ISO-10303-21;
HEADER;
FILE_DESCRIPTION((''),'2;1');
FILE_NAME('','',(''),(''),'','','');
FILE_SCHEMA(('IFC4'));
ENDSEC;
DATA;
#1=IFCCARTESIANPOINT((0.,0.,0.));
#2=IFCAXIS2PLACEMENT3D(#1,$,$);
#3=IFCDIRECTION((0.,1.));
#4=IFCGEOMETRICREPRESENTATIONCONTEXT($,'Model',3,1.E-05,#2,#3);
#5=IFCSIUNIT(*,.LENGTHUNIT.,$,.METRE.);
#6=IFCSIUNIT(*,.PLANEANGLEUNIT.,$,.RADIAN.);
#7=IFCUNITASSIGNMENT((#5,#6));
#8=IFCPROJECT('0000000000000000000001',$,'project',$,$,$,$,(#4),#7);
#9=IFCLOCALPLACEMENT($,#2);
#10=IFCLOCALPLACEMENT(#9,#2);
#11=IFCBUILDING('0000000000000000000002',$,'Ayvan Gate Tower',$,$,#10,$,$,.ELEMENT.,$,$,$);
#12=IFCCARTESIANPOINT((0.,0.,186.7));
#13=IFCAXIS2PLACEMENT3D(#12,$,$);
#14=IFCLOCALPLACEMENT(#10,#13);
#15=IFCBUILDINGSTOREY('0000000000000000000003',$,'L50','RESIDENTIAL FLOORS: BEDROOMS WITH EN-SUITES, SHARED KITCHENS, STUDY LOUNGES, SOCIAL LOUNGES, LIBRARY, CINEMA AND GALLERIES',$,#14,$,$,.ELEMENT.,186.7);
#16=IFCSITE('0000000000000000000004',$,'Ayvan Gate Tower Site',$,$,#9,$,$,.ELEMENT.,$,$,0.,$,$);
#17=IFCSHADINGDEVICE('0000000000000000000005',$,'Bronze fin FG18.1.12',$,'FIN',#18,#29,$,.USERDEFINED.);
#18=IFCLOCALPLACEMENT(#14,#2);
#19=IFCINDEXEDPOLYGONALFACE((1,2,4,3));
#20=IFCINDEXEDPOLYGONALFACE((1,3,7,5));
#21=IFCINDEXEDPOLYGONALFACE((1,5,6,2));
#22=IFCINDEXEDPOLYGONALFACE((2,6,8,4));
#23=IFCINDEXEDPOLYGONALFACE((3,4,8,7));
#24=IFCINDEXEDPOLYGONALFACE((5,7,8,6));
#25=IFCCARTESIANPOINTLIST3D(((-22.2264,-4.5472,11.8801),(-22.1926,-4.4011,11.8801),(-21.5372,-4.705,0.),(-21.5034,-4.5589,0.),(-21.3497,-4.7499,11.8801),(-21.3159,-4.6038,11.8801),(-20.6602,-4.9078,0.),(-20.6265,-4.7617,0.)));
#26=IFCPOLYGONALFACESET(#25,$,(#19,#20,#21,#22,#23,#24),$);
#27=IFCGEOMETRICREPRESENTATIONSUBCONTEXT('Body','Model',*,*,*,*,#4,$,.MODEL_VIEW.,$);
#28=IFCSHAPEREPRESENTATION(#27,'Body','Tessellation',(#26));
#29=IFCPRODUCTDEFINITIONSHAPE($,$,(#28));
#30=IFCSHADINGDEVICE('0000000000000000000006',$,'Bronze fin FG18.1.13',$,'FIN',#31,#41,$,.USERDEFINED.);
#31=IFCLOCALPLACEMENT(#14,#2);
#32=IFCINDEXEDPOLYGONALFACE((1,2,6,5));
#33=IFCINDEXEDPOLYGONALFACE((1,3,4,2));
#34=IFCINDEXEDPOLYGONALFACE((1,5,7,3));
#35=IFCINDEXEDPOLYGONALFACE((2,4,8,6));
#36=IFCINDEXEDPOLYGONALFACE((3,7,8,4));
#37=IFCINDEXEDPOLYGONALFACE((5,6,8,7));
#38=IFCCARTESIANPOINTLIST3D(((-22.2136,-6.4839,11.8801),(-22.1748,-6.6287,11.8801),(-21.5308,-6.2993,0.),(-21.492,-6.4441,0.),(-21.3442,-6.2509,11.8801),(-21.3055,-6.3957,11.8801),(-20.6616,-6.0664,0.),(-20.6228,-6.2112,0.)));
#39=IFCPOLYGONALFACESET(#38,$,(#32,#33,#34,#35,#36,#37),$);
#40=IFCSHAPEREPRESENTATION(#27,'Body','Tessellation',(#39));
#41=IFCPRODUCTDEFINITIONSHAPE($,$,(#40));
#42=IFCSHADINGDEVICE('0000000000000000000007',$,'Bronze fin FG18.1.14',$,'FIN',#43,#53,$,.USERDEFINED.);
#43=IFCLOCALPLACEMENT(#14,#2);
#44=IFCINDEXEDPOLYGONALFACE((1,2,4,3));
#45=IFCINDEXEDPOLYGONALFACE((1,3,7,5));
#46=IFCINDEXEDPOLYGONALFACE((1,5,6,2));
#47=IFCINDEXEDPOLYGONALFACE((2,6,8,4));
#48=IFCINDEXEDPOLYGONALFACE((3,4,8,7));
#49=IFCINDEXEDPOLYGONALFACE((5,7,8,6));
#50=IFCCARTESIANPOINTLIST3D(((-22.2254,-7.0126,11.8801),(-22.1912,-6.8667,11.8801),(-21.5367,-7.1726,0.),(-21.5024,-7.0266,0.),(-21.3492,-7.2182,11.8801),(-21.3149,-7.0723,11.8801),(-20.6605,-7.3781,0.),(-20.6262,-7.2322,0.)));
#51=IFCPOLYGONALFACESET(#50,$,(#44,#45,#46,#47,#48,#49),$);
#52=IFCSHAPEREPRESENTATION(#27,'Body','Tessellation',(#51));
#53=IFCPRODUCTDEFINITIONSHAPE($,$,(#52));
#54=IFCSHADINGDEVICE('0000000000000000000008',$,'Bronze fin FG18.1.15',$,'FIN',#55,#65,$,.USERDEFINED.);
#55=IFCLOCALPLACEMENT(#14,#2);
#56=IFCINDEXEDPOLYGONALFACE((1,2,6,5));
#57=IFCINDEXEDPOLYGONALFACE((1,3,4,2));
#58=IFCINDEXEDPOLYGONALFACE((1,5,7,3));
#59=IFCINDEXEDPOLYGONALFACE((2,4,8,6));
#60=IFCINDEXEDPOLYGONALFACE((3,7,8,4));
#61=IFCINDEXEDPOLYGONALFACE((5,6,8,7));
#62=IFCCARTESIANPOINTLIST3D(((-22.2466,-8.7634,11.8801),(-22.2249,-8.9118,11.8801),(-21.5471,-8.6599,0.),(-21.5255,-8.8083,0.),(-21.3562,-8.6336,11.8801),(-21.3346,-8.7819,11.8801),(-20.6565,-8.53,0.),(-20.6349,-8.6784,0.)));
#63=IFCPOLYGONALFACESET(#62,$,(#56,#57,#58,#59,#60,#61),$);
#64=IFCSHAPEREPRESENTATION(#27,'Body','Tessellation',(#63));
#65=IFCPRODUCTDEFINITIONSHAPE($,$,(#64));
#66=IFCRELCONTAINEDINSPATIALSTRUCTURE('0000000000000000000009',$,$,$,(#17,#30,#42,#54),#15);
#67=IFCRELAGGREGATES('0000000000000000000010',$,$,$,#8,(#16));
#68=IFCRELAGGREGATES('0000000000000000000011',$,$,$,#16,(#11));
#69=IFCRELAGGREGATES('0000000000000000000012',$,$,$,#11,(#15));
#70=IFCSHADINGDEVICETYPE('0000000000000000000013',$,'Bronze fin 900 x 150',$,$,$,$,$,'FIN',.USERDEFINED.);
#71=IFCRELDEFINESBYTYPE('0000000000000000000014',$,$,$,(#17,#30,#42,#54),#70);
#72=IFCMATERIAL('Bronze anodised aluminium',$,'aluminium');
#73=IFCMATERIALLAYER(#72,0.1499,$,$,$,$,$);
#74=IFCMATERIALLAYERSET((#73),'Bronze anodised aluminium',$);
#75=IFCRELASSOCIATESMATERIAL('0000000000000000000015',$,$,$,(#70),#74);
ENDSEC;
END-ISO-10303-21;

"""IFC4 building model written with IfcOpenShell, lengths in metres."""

from ifc_helpers import new_model, si_unit, direction, frame, origin, place, context, subcontext, project, spatial, polyline, outline, extrude, material, layer, layer_set, type_object, element, save


model = new_model("IFC4")

# Units and contexts
model_context = context("Model", 3, precision=1e-05, world=origin(), true_north=direction((0.0, 1.0)))
body_context = subcontext(model_context, "Body", "Model", "MODEL_VIEW")
ifc_project = project(units=[si_unit("LENGTHUNIT", "METRE"), si_unit("PLANEANGLEUNIT", "RADIAN")], contexts=[model_context])

# Site, building, storey
site_placement = place(None, origin())
site = spatial("IfcSite", under=ifc_project, at=site_placement, Name="Ayvan Gate Tower Site", CompositionType="ELEMENT", RefElevation=0.0)
building_placement = place(site_placement, origin())
building = spatial("IfcBuilding", under=site, at=building_placement, Name="Ayvan Gate Tower", CompositionType="ELEMENT")
storey_placement = place(building_placement, frame((0.0, 0.0, 186.7)))
storey = spatial("IfcBuildingStorey", under=building, at=storey_placement, Name="L50", Description="RESIDENTIAL FLOORS: BEDROOMS WITH EN-SUITES, SHARED KITCHENS, STUDY LOUNGES, SOCIAL LOUNGES, LIBRARY, CINEMA AND GALLERIES", CompositionType="ELEMENT", Elevation=186.7)

# Shared definitions
ifc_material_1 = material(Name="Bronze anodised aluminium", Category="aluminium")

# Shading devices
ifc_layer_1 = layer(ifc_material_1, 0.1499)
ifc_layer_set_1 = layer_set([ifc_layer_1], Name="Bronze anodised aluminium")
shading_device_type = type_object("IfcShadingDeviceType", Name="Bronze fin 900 x 150", ElementType="FIN", PredefinedType="USERDEFINED", material=ifc_layer_set_1)
shading_device_1_placement = place(storey_placement, frame((-20.6265, -4.7617, 0.0), z_axis=(0.225295, 0.974291, 0.000128), x_axis=(-0.974291, 0.225295, 0.0)))
element("IfcShadingDevice", 1, at=shading_device_1_placement, inside=storey, type_object=shading_device_type, Name="Bronze fin FG18.1.12", ObjectType="FIN", PredefinedType="USERDEFINED", context=body_context, shape_type="SweptSolid", body=[
    extrude(outline(polyline([(0.0, 0.0), (0.9001, 0.0), (1.6071, 11.8801), (0.7073, 11.8801), (0.0, 0.0)])), origin(), (0.0, 0.0, -1.0), 0.1499),
])
shading_device_2_placement = place(storey_placement, frame((-20.6616, -6.0664, 0.0), z_axis=(-0.258811, 0.965928, 0.000133), x_axis=(-0.965928, -0.258811, 0.0)))
element("IfcShadingDevice", 2, at=shading_device_2_placement, inside=storey, type_object=shading_device_type, Name="Bronze fin FG18.1.13", ObjectType="FIN", PredefinedType="USERDEFINED", context=body_context, shape_type="SweptSolid", body=[
    extrude(outline(polyline([(0.0, 0.0), (0.8998, 0.0), (1.6072, 11.8801), (0.7071, 11.8801), (0.0, 0.0)])), origin(), (0.0, 0.0, -1.0), 0.1499),
])
shading_device_3_placement = place(storey_placement, frame((-20.6262, -7.2322, 0.0), z_axis=(0.228404, 0.973566, 0.000137), x_axis=(-0.973566, 0.228404, 0.0)))
element("IfcShadingDevice", 3, at=shading_device_3_placement, inside=storey, type_object=shading_device_type, Name="Bronze fin FG18.1.14", ObjectType="FIN", PredefinedType="USERDEFINED", context=body_context, shape_type="SweptSolid", body=[
    extrude(outline(polyline([(0.0, 0.0), (0.9, 0.0), (1.6071, 11.8801), (0.707, 11.8801), (0.0, 0.0)])), origin(), (0.0, 0.0, -1.0), 0.1499),
])
shading_device_4_placement = place(storey_placement, frame((-20.6565, -8.53, 0.0), z_axis=(-0.144326, 0.98953, 0.000123), x_axis=(-0.98953, -0.144326, 0.0)))
element("IfcShadingDevice", 4, at=shading_device_4_placement, inside=storey, type_object=shading_device_type, Name="Bronze fin FG18.1.15", ObjectType="FIN", PredefinedType="USERDEFINED", context=body_context, shape_type="SweptSolid", body=[
    extrude(outline(polyline([(0.0, 0.0), (0.9, 0.0), (1.6071, 11.8801), (0.7073, 11.8801), (0.0, 0.0)])), origin(), (0.0, 0.0, -1.0), 0.1499),
])

save(model, "model.ifc")
